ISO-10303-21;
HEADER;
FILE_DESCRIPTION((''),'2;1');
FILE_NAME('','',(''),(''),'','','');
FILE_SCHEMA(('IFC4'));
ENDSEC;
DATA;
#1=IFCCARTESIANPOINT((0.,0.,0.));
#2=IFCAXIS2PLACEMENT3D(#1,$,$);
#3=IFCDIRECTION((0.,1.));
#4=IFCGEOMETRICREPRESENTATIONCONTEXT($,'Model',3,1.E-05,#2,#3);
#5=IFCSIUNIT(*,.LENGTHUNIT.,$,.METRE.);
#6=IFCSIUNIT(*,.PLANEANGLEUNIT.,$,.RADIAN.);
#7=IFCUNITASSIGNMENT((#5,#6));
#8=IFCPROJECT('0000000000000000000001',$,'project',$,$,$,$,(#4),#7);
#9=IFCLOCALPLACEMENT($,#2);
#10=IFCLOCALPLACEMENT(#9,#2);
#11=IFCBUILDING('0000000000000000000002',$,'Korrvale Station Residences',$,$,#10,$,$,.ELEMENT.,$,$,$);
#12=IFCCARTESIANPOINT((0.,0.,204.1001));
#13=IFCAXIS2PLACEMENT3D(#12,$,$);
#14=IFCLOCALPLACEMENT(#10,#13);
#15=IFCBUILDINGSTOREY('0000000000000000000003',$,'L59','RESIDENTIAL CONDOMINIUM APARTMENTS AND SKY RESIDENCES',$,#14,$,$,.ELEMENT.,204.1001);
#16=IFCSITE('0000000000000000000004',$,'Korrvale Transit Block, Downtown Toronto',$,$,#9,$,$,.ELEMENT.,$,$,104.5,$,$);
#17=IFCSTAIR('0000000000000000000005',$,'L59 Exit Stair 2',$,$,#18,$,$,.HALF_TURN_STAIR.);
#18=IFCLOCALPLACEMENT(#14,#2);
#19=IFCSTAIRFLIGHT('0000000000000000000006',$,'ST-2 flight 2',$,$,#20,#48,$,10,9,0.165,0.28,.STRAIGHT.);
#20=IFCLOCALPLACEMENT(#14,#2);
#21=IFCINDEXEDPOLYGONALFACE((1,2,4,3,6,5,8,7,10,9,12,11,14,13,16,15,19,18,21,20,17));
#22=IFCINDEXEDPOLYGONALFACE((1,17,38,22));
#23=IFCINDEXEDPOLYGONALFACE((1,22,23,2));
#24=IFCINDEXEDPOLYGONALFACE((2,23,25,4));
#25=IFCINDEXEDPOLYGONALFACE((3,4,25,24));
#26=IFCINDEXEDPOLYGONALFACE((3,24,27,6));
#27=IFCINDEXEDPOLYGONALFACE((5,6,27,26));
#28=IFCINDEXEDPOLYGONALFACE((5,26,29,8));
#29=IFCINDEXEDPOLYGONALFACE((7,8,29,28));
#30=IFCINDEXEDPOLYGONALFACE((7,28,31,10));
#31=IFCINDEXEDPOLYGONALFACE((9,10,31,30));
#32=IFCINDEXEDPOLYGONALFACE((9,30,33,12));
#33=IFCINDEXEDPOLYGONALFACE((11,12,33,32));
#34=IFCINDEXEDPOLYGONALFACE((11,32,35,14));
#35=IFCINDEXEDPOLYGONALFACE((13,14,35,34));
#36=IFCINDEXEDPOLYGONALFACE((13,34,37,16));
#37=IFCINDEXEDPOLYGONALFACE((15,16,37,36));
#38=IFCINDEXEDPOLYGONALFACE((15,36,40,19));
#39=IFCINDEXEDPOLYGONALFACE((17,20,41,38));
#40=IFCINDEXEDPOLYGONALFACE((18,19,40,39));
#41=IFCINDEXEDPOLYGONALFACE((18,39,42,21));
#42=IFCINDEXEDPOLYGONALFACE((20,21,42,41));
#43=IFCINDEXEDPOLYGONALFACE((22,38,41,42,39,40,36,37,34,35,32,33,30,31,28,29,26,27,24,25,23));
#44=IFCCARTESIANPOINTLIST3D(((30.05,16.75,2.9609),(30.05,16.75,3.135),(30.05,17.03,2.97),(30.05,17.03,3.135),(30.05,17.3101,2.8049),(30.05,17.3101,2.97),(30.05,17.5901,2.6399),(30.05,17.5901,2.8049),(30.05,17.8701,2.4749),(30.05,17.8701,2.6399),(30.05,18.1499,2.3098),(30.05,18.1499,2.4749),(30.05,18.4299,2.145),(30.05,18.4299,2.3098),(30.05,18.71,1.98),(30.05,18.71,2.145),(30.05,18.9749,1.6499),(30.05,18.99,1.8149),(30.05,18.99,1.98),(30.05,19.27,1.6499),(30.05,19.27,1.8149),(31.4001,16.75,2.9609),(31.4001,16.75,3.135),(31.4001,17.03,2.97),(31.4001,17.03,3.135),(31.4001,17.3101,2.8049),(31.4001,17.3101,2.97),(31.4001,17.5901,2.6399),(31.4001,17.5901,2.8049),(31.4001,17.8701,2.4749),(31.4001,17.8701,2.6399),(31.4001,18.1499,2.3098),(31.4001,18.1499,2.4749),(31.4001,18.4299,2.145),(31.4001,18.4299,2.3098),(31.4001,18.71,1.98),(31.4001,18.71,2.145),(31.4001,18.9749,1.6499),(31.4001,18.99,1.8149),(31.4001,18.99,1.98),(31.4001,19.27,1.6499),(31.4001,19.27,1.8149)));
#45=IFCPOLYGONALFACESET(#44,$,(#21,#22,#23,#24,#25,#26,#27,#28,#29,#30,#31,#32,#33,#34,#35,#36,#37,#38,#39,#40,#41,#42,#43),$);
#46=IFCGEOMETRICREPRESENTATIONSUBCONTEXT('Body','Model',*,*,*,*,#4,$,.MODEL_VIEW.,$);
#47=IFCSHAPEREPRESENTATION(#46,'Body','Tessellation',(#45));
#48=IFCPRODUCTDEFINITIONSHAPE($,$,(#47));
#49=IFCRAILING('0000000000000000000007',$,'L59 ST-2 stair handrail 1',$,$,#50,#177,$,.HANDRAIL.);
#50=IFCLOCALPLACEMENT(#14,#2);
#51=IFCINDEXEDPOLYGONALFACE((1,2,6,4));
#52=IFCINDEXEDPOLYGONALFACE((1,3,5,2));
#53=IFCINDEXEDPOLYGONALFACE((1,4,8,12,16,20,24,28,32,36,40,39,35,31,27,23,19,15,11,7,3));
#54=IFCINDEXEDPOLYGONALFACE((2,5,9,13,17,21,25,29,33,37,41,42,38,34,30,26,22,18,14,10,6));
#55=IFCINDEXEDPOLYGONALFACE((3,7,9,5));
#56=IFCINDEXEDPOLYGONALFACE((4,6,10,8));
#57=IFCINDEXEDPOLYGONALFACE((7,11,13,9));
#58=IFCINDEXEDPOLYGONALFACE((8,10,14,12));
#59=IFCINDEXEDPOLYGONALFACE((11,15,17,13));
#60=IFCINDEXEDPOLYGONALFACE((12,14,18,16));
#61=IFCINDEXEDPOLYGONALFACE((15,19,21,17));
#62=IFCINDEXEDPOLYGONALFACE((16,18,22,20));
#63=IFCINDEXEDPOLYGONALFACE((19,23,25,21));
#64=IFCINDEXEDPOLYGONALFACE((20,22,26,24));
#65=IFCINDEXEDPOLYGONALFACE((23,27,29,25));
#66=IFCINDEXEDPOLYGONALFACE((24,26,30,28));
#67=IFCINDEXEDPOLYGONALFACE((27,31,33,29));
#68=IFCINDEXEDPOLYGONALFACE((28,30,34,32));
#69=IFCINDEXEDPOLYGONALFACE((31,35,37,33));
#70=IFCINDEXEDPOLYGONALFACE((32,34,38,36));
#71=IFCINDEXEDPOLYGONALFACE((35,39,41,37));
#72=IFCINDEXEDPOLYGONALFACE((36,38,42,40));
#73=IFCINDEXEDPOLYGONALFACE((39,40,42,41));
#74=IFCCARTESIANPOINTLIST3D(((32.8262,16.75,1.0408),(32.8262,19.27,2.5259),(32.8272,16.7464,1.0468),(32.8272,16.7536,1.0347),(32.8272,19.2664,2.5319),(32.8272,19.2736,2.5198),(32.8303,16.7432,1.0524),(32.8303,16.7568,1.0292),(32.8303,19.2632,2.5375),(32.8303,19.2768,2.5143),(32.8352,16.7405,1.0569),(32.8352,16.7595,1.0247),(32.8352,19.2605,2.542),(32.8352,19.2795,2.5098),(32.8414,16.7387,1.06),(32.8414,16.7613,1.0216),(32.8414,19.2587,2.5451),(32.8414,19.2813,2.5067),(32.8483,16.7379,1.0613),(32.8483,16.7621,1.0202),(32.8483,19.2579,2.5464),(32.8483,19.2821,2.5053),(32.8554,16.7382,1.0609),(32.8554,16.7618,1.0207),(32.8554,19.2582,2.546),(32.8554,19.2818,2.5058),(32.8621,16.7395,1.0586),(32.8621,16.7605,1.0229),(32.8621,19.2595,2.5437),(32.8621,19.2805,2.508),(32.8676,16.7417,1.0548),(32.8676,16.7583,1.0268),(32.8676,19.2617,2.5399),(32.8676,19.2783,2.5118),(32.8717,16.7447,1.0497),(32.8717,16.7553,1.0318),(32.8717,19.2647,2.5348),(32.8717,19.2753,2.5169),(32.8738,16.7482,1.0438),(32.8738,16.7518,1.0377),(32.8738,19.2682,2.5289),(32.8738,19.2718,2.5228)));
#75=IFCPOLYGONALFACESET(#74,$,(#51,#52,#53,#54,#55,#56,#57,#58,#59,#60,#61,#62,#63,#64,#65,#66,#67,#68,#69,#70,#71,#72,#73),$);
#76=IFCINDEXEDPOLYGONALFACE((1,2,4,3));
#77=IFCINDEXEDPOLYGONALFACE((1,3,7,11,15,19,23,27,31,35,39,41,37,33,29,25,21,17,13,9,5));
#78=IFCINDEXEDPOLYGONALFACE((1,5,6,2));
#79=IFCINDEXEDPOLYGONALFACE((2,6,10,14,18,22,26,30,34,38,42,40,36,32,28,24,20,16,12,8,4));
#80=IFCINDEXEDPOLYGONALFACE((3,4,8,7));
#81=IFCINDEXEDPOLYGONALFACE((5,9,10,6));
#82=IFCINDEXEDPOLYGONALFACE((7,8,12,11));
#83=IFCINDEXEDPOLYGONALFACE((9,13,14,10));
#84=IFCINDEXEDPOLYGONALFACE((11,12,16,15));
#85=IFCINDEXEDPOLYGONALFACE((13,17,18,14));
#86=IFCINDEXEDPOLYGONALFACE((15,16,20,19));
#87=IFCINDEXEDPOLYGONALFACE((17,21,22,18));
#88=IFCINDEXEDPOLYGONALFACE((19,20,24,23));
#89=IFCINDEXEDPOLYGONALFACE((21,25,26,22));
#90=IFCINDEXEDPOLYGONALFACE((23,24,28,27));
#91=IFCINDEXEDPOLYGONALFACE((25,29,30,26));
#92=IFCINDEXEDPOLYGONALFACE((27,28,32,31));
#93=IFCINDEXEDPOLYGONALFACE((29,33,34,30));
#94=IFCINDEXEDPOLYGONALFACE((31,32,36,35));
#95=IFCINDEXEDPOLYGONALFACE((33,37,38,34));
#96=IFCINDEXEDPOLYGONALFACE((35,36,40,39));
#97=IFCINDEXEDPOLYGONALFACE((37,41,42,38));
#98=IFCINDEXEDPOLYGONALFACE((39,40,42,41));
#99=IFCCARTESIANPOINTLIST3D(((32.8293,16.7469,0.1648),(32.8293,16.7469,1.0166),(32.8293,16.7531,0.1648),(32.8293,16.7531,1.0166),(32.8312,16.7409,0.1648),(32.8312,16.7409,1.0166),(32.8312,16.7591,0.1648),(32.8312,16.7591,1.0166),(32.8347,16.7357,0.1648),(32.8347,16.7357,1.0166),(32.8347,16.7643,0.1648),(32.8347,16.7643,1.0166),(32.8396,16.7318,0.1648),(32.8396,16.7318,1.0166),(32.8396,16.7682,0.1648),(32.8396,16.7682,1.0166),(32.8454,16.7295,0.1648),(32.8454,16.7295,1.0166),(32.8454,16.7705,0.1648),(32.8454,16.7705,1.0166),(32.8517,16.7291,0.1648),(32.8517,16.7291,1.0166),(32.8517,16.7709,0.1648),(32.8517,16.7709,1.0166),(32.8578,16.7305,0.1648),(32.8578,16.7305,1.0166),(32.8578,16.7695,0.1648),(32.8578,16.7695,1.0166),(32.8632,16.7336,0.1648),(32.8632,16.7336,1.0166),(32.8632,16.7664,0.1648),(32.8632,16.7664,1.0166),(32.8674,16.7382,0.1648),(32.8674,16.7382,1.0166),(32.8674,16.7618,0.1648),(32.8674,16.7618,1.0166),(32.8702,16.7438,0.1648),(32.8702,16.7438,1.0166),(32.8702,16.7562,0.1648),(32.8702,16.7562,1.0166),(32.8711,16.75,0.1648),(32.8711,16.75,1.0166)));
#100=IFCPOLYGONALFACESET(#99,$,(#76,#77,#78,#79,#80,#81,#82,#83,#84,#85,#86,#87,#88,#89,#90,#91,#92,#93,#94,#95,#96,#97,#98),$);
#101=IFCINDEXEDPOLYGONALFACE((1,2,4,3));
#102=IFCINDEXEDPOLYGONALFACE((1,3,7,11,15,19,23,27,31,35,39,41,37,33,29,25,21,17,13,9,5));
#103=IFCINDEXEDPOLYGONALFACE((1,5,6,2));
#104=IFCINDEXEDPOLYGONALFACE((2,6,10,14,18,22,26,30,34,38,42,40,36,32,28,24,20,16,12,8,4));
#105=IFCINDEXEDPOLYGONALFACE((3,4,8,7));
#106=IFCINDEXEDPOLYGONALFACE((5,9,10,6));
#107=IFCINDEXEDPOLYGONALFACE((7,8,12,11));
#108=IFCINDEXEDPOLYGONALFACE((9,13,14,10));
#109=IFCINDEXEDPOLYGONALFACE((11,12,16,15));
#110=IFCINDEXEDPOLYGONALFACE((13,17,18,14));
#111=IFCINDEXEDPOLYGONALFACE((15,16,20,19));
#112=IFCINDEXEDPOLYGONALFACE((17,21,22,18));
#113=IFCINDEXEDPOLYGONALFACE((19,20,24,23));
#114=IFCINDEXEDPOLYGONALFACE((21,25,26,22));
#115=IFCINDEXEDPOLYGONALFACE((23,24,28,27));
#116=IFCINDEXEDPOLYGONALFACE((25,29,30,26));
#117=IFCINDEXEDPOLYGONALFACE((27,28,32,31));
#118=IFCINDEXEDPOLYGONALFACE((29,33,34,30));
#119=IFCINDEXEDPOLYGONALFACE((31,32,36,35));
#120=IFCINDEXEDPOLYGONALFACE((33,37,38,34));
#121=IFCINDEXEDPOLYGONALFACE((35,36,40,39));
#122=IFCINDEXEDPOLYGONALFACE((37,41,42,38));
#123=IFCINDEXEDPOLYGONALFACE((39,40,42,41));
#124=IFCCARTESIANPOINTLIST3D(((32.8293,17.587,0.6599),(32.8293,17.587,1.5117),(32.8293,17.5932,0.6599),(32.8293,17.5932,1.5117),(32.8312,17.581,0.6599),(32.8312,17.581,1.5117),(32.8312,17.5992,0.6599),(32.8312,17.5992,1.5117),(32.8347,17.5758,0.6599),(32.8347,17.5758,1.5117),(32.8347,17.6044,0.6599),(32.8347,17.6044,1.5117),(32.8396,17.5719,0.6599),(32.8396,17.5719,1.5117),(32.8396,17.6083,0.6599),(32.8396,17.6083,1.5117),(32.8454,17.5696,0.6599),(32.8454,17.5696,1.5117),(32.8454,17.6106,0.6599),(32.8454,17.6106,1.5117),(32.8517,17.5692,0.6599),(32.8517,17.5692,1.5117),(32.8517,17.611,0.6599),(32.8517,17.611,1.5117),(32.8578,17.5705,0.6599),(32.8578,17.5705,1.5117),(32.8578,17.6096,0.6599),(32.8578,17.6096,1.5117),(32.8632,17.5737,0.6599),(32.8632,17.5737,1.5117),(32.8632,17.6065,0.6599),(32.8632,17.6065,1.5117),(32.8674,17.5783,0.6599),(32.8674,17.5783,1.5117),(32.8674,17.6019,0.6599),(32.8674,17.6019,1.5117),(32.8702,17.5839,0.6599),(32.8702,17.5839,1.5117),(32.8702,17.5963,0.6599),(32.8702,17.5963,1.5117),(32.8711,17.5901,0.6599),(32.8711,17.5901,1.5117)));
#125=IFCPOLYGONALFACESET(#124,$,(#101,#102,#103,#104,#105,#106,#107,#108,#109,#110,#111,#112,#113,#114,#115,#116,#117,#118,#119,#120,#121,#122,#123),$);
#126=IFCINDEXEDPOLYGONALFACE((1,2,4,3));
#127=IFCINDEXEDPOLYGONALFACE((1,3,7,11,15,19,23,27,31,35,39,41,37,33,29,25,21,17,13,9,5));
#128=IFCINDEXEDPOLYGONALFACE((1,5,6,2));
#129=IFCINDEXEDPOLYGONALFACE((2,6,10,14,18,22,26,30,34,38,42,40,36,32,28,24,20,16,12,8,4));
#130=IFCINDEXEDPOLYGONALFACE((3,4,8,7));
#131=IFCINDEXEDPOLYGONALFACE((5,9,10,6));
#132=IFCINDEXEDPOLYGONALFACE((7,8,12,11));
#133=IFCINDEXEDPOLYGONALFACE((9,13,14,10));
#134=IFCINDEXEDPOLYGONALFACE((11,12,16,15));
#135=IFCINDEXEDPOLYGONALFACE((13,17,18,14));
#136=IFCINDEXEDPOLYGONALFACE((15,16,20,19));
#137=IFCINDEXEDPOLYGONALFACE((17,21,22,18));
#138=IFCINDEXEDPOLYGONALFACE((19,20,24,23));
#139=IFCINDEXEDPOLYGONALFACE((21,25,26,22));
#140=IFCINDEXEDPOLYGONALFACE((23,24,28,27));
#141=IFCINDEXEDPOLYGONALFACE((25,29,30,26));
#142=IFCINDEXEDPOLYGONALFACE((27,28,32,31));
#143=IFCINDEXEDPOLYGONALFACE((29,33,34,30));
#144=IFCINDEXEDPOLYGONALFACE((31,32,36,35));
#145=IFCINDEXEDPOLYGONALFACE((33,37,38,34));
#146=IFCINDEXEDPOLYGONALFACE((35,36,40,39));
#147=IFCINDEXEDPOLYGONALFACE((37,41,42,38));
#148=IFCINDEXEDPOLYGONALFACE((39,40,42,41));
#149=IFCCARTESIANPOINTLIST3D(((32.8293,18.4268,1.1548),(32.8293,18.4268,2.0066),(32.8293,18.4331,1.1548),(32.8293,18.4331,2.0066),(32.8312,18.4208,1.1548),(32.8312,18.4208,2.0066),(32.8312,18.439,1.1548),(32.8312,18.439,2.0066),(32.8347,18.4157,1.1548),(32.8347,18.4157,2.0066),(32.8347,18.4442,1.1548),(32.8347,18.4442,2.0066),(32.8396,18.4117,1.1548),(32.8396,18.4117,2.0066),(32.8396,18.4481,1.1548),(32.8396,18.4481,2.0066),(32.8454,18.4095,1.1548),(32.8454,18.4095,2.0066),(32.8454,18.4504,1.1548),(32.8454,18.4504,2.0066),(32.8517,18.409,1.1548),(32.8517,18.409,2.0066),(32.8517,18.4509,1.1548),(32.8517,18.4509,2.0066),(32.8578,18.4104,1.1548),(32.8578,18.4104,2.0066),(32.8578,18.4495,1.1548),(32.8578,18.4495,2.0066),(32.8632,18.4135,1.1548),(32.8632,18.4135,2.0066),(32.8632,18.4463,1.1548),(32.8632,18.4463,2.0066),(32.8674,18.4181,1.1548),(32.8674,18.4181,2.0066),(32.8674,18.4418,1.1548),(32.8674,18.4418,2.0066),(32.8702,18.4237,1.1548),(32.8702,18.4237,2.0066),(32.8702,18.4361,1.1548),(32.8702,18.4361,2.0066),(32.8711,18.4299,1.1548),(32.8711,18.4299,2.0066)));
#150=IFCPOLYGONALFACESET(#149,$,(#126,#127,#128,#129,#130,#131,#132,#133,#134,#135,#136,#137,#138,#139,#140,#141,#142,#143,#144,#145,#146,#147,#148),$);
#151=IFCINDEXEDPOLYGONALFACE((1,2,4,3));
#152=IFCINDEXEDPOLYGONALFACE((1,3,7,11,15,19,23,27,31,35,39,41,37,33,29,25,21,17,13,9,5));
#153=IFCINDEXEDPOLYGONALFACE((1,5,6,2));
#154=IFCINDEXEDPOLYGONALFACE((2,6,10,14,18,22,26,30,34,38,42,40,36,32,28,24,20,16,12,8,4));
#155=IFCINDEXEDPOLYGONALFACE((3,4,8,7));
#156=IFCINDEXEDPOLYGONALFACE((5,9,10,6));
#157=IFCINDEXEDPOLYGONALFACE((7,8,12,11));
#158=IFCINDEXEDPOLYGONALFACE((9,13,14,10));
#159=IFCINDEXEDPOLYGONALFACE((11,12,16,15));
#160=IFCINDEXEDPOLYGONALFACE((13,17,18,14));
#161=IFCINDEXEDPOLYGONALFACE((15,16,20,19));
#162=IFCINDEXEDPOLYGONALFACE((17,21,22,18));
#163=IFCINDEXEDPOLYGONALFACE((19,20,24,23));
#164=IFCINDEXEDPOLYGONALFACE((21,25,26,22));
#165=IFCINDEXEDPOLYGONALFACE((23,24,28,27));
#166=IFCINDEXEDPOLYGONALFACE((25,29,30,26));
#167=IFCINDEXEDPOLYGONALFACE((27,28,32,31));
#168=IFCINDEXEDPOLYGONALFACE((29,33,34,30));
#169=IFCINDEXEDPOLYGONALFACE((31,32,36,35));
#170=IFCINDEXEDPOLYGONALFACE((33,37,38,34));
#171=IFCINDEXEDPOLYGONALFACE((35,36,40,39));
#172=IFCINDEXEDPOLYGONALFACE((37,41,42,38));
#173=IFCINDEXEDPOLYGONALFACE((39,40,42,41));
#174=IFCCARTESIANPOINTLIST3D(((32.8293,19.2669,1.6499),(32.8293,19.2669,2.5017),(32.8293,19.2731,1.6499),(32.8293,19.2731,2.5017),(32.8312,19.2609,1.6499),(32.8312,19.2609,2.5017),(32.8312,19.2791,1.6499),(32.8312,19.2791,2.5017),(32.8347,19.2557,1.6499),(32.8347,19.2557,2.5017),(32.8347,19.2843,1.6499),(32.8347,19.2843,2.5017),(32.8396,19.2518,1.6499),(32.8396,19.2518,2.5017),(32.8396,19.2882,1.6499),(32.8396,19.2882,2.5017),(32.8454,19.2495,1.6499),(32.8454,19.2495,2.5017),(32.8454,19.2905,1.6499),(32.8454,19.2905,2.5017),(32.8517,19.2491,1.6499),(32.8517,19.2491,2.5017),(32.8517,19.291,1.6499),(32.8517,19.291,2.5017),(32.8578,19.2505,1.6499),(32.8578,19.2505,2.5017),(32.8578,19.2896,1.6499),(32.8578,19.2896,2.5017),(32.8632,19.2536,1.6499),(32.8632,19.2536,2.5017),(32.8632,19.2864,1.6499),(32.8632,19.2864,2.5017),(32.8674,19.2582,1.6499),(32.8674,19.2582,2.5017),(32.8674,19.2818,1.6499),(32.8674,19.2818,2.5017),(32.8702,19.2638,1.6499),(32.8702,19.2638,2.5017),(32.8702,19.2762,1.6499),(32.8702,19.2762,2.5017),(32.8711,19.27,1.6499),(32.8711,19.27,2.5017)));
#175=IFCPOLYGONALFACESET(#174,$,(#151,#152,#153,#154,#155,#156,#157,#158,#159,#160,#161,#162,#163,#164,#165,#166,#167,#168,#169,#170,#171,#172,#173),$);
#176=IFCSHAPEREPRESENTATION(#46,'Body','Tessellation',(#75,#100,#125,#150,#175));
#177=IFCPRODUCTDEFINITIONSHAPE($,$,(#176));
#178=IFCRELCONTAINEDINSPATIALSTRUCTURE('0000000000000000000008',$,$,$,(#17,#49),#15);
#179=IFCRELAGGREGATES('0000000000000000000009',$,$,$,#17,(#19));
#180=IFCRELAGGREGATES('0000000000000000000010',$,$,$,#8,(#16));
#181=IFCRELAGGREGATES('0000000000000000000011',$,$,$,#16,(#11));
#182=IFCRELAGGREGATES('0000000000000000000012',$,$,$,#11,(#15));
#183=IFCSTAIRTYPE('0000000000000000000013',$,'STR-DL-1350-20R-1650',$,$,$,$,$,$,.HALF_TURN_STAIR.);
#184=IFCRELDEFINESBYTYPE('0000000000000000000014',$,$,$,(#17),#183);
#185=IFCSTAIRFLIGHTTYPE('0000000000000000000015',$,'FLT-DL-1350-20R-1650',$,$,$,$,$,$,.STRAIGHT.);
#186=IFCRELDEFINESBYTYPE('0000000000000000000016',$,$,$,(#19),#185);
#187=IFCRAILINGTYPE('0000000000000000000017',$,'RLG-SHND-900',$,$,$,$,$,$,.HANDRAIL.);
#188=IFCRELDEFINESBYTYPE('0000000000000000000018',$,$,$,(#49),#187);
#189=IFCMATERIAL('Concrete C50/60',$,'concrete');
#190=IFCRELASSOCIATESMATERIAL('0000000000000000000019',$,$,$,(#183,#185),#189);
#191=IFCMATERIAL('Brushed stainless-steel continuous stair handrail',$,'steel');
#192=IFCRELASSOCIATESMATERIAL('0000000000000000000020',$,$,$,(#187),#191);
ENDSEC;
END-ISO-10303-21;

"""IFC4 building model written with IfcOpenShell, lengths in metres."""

from ifc_helpers import new_model, si_unit, direction, frame, origin, origin_2d, place, context, subcontext, project, spatial, polyline, circle, outline, extrude, material, type_object, element, aggregate, save


model = new_model("IFC4")

# Units and contexts
model_context = context("Model", 3, precision=1e-05, world=origin(), true_north=direction((0.0, 1.0)))
body_context = subcontext(model_context, "Body", "Model", "MODEL_VIEW")
ifc_project = project(units=[si_unit("LENGTHUNIT", "METRE"), si_unit("PLANEANGLEUNIT", "RADIAN")], contexts=[model_context])

# Site, building, storey
site_placement = place(None, origin())
site = spatial("IfcSite", under=ifc_project, at=site_placement, Name="Korrvale Transit Block, Downtown Toronto", CompositionType="ELEMENT", RefElevation=104.5)
building_placement = place(site_placement, origin())
building = spatial("IfcBuilding", under=site, at=building_placement, Name="Korrvale Station Residences", CompositionType="ELEMENT")
storey_placement = place(building_placement, frame((0.0, 0.0, 204.1001)))
storey = spatial("IfcBuildingStorey", under=building, at=storey_placement, Name="L59", Description="RESIDENTIAL CONDOMINIUM APARTMENTS AND SKY RESIDENCES", CompositionType="ELEMENT", Elevation=204.1001)

# Shared definitions
ifc_material_1 = material(Name="Concrete C50/60", Category="concrete")

# Stair, stair flight
stair_type = type_object("IfcStairType", Name="STR-DL-1350-20R-1650", PredefinedType="HALF_TURN_STAIR", material=ifc_material_1)
stair_placement = place(storey_placement, origin())
stair = element("IfcStair", 1, at=stair_placement, inside=storey, type_object=stair_type, Name="L59 Exit Stair 2", PredefinedType="HALF_TURN_STAIR")
stair_flight_type = type_object("IfcStairFlightType", Name="FLT-DL-1350-20R-1650", PredefinedType="STRAIGHT", material=ifc_material_1)
stair_flight_1_placement = place(storey_placement, frame((30.7251, 19.27, 1.6499), z_axis=(0.0, 0.0, 1.0), x_axis=(0.0, -1.0, 0.0)))
stair_flight_1 = element("IfcStairFlight", 2, at=stair_flight_1_placement, type_object=stair_flight_type, Name="ST-2 flight 2", NumberOfRisers=10, NumberOfTreads=9, PredefinedType="STRAIGHT", RiserHeight=0.165, TreadLength=0.28, context=body_context, shape_type="SweptSolid", body=[
    extrude(outline(polyline([(0.0, 0.0), (0.0, 0.165), (0.28, 0.165), (0.28, 0.3301), (0.5601, 0.3301), (0.5601, 0.4951), (0.8401, 0.4951), (0.8401, 0.6599), (1.1201, 0.6599), (1.1201, 0.825), (1.3999, 0.825), (1.3999, 0.99), (1.6799, 0.99), (1.6799, 1.155), (1.96, 1.155), (1.96, 1.3201), (2.24, 1.3201), (2.24, 1.4851), (2.52, 1.4851), (2.52, 1.6499), (2.52, 1.311), (0.2952, 0.0), (0.0, 0.0)])), frame((0.0, 0.675, 0.0), z_axis=(0.0, -1.0, 0.0), x_axis=(1.0, 0.0, 0.0)), (0.0, 0.0, 1.0), 1.3501),
])
aggregate(stair, [stair_flight_1])

# Railing
ifc_material_2 = material(Name="Brushed stainless-steel continuous stair handrail", Category="steel")
railing_type_1 = type_object("IfcRailingType", Name="RLG-SHND-900", PredefinedType="HANDRAIL", material=ifc_material_2)
railing_1_placement = place(storey_placement, frame((32.8501, 16.75, 0.1648)))
element("IfcRailing", 3, at=railing_1_placement, inside=storey, type_object=railing_type_1, Name="L59 ST-2 stair handrail 1", PredefinedType="HANDRAIL", context=body_context, shape_type="SweptSolid", body=[
    extrude(circle(Radius=0.0239, at=origin_2d()), frame((0.0, 0.0, 0.876), z_axis=(0.0, 0.861524, 0.507717), x_axis=(-1.0, 0.0, 0.0)), (0.0, 0.0, 1.0), 2.925),
    extrude(circle(Radius=0.021, at=origin_2d()), origin(), (0.0, 0.0, 1.0), 0.8518),
    extrude(circle(Radius=0.021, at=origin_2d()), frame((0.0, 0.8401, 0.4951)), (0.0, 0.0, 1.0), 0.8518),
    extrude(circle(Radius=0.021, at=origin_2d()), frame((0.0, 1.6799, 0.99)), (0.0, 0.0, 1.0), 0.8518),
    extrude(circle(Radius=0.021, at=origin_2d()), frame((0.0, 2.52, 1.4851)), (0.0, 0.0, 1.0), 0.8518),
])

save(model, "model.ifc")
